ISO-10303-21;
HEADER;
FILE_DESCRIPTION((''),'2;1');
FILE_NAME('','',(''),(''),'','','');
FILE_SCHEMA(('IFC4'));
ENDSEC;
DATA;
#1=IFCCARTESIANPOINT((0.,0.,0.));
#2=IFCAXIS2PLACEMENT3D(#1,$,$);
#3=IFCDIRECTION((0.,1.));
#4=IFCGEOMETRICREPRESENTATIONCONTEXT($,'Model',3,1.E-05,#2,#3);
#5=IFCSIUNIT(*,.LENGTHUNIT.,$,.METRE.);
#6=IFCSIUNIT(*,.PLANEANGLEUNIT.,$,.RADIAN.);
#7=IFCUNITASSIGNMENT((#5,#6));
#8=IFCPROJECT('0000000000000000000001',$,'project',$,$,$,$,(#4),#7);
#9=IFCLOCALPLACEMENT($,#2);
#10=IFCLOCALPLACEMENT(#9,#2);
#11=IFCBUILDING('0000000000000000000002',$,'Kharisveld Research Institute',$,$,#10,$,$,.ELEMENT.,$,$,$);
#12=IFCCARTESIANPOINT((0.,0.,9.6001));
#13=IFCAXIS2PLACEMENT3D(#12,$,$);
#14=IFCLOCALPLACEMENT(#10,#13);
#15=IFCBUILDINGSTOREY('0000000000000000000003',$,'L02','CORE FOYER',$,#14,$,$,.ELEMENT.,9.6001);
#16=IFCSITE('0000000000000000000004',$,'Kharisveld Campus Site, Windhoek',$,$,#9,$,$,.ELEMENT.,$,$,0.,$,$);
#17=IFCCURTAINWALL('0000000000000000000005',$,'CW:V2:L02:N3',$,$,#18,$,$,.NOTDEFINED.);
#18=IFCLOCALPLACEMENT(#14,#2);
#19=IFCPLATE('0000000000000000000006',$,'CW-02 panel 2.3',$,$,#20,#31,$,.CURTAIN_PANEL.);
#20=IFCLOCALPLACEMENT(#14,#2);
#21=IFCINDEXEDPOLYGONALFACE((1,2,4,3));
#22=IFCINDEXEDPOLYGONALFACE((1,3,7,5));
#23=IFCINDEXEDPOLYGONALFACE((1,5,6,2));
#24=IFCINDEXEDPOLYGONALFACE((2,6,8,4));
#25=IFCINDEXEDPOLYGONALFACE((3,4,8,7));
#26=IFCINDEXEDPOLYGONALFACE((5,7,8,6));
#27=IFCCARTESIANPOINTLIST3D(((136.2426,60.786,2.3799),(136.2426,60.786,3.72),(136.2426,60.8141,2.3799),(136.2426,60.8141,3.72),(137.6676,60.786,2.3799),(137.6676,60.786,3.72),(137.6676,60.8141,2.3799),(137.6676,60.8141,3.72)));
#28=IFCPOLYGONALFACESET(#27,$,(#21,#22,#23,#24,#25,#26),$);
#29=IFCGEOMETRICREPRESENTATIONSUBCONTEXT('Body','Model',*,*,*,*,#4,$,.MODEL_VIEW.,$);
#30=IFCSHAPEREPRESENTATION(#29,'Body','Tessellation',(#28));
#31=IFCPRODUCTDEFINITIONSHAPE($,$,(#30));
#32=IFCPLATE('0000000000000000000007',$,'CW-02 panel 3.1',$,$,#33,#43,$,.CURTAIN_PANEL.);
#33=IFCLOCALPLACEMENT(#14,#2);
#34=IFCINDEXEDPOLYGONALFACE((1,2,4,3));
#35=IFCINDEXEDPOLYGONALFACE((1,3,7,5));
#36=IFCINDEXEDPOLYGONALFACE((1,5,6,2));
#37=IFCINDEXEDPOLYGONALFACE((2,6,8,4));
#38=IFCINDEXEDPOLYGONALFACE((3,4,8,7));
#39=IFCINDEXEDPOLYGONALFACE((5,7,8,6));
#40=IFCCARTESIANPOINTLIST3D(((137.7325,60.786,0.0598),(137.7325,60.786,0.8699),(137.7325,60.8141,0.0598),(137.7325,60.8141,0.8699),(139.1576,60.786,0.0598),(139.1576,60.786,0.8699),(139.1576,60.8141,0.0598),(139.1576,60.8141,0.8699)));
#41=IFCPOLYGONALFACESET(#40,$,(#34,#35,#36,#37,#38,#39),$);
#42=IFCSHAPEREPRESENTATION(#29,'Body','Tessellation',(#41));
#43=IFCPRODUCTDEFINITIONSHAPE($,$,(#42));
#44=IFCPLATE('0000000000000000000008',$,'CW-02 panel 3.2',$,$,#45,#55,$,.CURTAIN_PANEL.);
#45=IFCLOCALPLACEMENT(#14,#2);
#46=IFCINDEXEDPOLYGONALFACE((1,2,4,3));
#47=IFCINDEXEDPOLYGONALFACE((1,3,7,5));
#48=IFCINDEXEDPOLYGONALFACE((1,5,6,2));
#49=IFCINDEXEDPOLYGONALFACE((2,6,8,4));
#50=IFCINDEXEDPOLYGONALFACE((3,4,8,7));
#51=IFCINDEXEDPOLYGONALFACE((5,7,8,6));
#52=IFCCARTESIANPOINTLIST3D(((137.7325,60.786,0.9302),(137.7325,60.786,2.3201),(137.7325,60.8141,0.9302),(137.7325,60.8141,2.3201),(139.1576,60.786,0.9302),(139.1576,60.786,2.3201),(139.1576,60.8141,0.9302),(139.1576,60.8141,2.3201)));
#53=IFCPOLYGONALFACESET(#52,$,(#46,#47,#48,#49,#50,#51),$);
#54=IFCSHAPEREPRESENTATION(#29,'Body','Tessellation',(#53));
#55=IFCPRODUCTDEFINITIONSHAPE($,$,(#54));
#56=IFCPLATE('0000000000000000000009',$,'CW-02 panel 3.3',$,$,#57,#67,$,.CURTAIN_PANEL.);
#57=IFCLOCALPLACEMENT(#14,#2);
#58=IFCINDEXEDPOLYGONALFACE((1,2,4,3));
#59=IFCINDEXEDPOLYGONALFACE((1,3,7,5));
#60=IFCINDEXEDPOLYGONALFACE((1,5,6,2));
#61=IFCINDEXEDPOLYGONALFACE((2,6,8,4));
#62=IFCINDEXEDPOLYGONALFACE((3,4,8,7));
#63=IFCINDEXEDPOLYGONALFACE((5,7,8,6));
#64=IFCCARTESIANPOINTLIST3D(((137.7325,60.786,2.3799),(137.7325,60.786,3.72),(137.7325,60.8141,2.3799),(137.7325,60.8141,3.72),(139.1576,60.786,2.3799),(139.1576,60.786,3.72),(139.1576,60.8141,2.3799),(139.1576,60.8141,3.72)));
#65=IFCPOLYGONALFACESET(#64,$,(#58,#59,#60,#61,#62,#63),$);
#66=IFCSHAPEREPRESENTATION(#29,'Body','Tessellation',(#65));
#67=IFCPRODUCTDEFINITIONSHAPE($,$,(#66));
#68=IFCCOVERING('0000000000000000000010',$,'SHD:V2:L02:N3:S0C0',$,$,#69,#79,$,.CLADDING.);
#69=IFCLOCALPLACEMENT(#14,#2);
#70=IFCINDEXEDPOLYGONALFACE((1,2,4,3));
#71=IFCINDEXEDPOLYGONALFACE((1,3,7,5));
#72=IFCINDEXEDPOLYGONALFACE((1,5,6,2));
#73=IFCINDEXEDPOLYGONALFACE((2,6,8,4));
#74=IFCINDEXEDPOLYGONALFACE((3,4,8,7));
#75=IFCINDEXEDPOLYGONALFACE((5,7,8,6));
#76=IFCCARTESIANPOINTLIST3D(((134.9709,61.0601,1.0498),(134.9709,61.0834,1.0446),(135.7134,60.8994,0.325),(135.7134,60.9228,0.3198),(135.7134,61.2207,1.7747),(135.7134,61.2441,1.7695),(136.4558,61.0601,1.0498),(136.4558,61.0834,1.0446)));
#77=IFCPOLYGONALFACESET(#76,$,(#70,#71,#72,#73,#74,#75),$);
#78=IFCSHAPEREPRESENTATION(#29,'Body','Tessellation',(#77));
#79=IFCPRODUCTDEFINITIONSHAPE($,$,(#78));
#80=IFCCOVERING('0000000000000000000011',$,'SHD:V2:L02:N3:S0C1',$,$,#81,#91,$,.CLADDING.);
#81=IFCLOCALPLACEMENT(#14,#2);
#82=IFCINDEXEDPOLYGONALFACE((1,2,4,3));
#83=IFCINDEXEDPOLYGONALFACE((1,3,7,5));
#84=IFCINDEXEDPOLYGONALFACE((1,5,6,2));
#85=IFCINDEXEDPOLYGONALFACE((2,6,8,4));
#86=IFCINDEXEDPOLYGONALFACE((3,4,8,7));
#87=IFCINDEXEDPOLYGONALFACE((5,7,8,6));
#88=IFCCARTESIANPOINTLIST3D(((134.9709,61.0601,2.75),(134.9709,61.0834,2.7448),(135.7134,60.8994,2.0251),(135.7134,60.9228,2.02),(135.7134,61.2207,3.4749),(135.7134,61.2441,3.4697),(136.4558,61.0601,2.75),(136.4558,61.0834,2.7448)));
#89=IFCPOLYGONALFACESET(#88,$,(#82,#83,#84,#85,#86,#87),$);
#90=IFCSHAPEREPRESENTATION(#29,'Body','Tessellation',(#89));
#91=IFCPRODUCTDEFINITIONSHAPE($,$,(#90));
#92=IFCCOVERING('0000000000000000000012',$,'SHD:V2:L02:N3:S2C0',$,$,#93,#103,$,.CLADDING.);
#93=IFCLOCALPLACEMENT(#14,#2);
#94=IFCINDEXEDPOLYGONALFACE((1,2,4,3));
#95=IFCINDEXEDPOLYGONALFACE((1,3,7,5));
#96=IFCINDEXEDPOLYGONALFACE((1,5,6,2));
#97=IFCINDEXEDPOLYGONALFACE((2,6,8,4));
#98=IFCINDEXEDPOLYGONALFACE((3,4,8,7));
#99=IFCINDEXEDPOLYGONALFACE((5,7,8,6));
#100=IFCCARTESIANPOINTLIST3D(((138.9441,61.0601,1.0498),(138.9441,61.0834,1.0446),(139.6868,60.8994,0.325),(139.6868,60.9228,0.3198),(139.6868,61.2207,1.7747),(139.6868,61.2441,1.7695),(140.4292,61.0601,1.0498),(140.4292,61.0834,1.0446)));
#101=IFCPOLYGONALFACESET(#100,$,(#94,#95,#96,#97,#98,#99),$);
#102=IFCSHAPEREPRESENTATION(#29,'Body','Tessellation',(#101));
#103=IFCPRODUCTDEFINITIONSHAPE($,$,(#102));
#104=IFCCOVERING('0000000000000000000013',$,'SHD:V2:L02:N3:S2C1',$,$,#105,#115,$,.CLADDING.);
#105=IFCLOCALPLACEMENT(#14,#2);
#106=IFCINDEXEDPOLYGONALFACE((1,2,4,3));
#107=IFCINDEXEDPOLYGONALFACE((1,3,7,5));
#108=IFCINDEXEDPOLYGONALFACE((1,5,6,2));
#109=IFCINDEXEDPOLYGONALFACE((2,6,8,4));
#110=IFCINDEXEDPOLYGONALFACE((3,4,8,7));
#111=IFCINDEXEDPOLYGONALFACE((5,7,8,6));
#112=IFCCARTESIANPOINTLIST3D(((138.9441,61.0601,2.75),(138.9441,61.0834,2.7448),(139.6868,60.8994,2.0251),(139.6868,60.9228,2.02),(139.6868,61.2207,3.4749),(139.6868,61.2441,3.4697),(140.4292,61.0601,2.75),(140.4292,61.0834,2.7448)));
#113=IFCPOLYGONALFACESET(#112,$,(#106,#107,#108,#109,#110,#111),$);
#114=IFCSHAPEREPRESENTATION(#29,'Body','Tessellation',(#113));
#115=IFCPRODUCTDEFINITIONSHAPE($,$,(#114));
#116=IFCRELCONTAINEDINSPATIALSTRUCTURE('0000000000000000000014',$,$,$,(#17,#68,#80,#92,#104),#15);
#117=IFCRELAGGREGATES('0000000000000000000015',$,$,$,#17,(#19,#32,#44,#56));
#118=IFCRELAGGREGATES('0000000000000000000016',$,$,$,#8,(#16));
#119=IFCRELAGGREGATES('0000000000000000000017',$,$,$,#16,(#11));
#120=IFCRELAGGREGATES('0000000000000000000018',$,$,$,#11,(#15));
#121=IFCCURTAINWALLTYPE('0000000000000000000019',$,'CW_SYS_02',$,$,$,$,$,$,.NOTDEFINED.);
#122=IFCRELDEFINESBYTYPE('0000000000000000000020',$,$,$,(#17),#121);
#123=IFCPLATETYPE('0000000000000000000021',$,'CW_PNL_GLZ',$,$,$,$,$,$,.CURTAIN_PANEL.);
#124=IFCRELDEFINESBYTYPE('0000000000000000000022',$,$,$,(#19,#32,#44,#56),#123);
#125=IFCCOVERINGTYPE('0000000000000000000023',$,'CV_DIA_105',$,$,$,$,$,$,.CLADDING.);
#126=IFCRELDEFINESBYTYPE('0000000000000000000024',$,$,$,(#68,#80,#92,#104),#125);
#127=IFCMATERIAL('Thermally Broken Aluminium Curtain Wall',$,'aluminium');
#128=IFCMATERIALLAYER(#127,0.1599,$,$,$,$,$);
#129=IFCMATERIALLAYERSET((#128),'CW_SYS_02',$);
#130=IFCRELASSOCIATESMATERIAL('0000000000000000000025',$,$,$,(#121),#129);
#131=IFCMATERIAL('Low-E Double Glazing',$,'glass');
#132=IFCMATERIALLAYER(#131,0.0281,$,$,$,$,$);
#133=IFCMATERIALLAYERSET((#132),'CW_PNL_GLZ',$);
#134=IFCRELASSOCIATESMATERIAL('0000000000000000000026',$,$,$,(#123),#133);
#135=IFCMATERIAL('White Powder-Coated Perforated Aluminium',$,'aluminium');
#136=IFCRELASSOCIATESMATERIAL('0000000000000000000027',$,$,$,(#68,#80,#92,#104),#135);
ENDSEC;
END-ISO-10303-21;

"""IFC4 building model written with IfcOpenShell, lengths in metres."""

from ifc_helpers import new_model, si_unit, direction, frame, origin, origin_2d, place, context, subcontext, project, spatial, polyline, rectangle, outline, extrude, material, layer, layer_set, type_object, element, aggregate, save


model = new_model("IFC4")

# Units and contexts
model_context = context("Model", 3, precision=1e-05, world=origin(), true_north=direction((0.0, 1.0)))
body_context = subcontext(model_context, "Body", "Model", "MODEL_VIEW")
ifc_project = project(units=[si_unit("LENGTHUNIT", "METRE"), si_unit("PLANEANGLEUNIT", "RADIAN")], contexts=[model_context])

# Site, building, storey
site_placement = place(None, origin())
site = spatial("IfcSite", under=ifc_project, at=site_placement, Name="Kharisveld Campus Site, Windhoek", CompositionType="ELEMENT", RefElevation=0.0)
building_placement = place(site_placement, origin())
building = spatial("IfcBuilding", under=site, at=building_placement, Name="Kharisveld Research Institute", CompositionType="ELEMENT")
storey_placement = place(building_placement, frame((0.0, 0.0, 9.6001)))
storey = spatial("IfcBuildingStorey", under=building, at=storey_placement, Name="L02", Description="CORE FOYER", CompositionType="ELEMENT", Elevation=9.6001)

# Curtain wall, plates
ifc_material_1 = material(Name="Thermally Broken Aluminium Curtain Wall", Category="aluminium")
ifc_layer_1 = layer(ifc_material_1, 0.1599)
ifc_layer_set_1 = layer_set([ifc_layer_1], Name="CW_SYS_02")
curtain_wall_type = type_object("IfcCurtainWallType", Name="CW_SYS_02", PredefinedType="NOTDEFINED", material=ifc_layer_set_1)
curtain_wall_placement = place(storey_placement, origin())
curtain_wall = element("IfcCurtainWall", 1, at=curtain_wall_placement, inside=storey, type_object=curtain_wall_type, Name="CW:V2:L02:N3", PredefinedType="NOTDEFINED")
ifc_material_2 = material(Name="Low-E Double Glazing", Category="glass")
ifc_layer_2 = layer(ifc_material_2, 0.0281)
ifc_layer_set_2 = layer_set([ifc_layer_2], Name="CW_PNL_GLZ")
plate_type = type_object("IfcPlateType", Name="CW_PNL_GLZ", PredefinedType="CURTAIN_PANEL", material=ifc_layer_set_2)
plate_1_placement = place(storey_placement, frame((136.9551, 60.8, 2.3799), z_axis=(0.0, 0.0, 1.0), x_axis=(1.0, 0.0, 0.0)))
plate_1 = element("IfcPlate", 2, at=plate_1_placement, type_object=plate_type, Name="CW-02 panel 2.3", PredefinedType="CURTAIN_PANEL", context=body_context, shape_type="SweptSolid", body=[
    extrude(rectangle(XDim=1.425, YDim=0.0281, at=origin_2d()), origin(), (0.0, 0.0, 1.0), 1.3401),
])
plate_2_placement = place(storey_placement, frame((138.4451, 60.8, 0.0598), z_axis=(0.0, 0.0, 1.0), x_axis=(1.0, 0.0, 0.0)))
plate_2 = element("IfcPlate", 3, at=plate_2_placement, type_object=plate_type, Name="CW-02 panel 3.1", PredefinedType="CURTAIN_PANEL", context=body_context, shape_type="SweptSolid", body=[
    extrude(rectangle(XDim=1.425, YDim=0.0281, at=origin_2d()), origin(), (0.0, 0.0, 1.0), 0.8101),
])
plate_3_placement = place(storey_placement, frame((138.4451, 60.8, 0.9302), z_axis=(0.0, 0.0, 1.0), x_axis=(1.0, 0.0, 0.0)))
plate_3 = element("IfcPlate", 4, at=plate_3_placement, type_object=plate_type, Name="CW-02 panel 3.2", PredefinedType="CURTAIN_PANEL", context=body_context, shape_type="SweptSolid", body=[
    extrude(rectangle(XDim=1.425, YDim=0.0281, at=origin_2d()), origin(), (0.0, 0.0, 1.0), 1.3899),
])
plate_4_placement = place(storey_placement, frame((138.4451, 60.8, 2.3799), z_axis=(0.0, 0.0, 1.0), x_axis=(1.0, 0.0, 0.0)))
plate_4 = element("IfcPlate", 5, at=plate_4_placement, type_object=plate_type, Name="CW-02 panel 3.3", PredefinedType="CURTAIN_PANEL", context=body_context, shape_type="SweptSolid", body=[
    extrude(rectangle(XDim=1.425, YDim=0.0281, at=origin_2d()), origin(), (0.0, 0.0, 1.0), 1.3401),
])
aggregate(curtain_wall, [plate_1, plate_2, plate_3, plate_4])

# Coverings
ifc_material_3 = material(Name="White Powder-Coated Perforated Aluminium", Category="aluminium")
covering_type = type_object("IfcCoveringType", Name="CV_DIA_105", PredefinedType="CLADDING")
for number, where, z_axis, x_axis, name in (
    (6, (135.7134, 60.8994, 0.325), (0.0, -0.976311, 0.216373), (0.707102, 0.153, 0.69036), "SHD:V2:L02:N3:S0C0"),
    (7, (135.7134, 60.8994, 2.0251), (0.0, -0.976311, 0.216373), (0.707102, 0.153, 0.69036), "SHD:V2:L02:N3:S0C1"),
):
    element("IfcCovering", number, at=place(storey_placement, frame(where, z_axis=z_axis, x_axis=x_axis)), inside=storey, type_object=covering_type, material=ifc_material_3, Name=name, PredefinedType="CLADDING", context=body_context, shape_type="SweptSolid", body=[
        extrude(outline(polyline([(0.0, 0.0), (1.05, 0.0), (1.05, 1.05), (0.0, 1.05), (0.0, 0.0)])), origin(), (0.0, 0.0, -1.0), 0.0239),
    ])
for number, where, z_axis, x_axis, name in (
    (8, (139.6868, 60.8994, 0.325), (0.0, -0.976311, 0.216373), (0.707102, 0.153, 0.69036), "SHD:V2:L02:N3:S2C0"),
    (9, (139.6868, 60.8994, 2.0251), (0.0, -0.976311, 0.216373), (0.707102, 0.153, 0.69036), "SHD:V2:L02:N3:S2C1"),
):
    element("IfcCovering", number, at=place(storey_placement, frame(where, z_axis=z_axis, x_axis=x_axis)), inside=storey, type_object=covering_type, material=ifc_material_3, Name=name, PredefinedType="CLADDING", context=body_context, shape_type="SweptSolid", body=[
        extrude(outline(polyline([(0.0, 0.0), (1.05, 0.0), (1.05, 1.05), (-0.0002, 1.0501), (0.0, 0.0)])), origin(), (0.0, 0.0, -1.0), 0.0239),
    ])

save(model, "model.ifc")
